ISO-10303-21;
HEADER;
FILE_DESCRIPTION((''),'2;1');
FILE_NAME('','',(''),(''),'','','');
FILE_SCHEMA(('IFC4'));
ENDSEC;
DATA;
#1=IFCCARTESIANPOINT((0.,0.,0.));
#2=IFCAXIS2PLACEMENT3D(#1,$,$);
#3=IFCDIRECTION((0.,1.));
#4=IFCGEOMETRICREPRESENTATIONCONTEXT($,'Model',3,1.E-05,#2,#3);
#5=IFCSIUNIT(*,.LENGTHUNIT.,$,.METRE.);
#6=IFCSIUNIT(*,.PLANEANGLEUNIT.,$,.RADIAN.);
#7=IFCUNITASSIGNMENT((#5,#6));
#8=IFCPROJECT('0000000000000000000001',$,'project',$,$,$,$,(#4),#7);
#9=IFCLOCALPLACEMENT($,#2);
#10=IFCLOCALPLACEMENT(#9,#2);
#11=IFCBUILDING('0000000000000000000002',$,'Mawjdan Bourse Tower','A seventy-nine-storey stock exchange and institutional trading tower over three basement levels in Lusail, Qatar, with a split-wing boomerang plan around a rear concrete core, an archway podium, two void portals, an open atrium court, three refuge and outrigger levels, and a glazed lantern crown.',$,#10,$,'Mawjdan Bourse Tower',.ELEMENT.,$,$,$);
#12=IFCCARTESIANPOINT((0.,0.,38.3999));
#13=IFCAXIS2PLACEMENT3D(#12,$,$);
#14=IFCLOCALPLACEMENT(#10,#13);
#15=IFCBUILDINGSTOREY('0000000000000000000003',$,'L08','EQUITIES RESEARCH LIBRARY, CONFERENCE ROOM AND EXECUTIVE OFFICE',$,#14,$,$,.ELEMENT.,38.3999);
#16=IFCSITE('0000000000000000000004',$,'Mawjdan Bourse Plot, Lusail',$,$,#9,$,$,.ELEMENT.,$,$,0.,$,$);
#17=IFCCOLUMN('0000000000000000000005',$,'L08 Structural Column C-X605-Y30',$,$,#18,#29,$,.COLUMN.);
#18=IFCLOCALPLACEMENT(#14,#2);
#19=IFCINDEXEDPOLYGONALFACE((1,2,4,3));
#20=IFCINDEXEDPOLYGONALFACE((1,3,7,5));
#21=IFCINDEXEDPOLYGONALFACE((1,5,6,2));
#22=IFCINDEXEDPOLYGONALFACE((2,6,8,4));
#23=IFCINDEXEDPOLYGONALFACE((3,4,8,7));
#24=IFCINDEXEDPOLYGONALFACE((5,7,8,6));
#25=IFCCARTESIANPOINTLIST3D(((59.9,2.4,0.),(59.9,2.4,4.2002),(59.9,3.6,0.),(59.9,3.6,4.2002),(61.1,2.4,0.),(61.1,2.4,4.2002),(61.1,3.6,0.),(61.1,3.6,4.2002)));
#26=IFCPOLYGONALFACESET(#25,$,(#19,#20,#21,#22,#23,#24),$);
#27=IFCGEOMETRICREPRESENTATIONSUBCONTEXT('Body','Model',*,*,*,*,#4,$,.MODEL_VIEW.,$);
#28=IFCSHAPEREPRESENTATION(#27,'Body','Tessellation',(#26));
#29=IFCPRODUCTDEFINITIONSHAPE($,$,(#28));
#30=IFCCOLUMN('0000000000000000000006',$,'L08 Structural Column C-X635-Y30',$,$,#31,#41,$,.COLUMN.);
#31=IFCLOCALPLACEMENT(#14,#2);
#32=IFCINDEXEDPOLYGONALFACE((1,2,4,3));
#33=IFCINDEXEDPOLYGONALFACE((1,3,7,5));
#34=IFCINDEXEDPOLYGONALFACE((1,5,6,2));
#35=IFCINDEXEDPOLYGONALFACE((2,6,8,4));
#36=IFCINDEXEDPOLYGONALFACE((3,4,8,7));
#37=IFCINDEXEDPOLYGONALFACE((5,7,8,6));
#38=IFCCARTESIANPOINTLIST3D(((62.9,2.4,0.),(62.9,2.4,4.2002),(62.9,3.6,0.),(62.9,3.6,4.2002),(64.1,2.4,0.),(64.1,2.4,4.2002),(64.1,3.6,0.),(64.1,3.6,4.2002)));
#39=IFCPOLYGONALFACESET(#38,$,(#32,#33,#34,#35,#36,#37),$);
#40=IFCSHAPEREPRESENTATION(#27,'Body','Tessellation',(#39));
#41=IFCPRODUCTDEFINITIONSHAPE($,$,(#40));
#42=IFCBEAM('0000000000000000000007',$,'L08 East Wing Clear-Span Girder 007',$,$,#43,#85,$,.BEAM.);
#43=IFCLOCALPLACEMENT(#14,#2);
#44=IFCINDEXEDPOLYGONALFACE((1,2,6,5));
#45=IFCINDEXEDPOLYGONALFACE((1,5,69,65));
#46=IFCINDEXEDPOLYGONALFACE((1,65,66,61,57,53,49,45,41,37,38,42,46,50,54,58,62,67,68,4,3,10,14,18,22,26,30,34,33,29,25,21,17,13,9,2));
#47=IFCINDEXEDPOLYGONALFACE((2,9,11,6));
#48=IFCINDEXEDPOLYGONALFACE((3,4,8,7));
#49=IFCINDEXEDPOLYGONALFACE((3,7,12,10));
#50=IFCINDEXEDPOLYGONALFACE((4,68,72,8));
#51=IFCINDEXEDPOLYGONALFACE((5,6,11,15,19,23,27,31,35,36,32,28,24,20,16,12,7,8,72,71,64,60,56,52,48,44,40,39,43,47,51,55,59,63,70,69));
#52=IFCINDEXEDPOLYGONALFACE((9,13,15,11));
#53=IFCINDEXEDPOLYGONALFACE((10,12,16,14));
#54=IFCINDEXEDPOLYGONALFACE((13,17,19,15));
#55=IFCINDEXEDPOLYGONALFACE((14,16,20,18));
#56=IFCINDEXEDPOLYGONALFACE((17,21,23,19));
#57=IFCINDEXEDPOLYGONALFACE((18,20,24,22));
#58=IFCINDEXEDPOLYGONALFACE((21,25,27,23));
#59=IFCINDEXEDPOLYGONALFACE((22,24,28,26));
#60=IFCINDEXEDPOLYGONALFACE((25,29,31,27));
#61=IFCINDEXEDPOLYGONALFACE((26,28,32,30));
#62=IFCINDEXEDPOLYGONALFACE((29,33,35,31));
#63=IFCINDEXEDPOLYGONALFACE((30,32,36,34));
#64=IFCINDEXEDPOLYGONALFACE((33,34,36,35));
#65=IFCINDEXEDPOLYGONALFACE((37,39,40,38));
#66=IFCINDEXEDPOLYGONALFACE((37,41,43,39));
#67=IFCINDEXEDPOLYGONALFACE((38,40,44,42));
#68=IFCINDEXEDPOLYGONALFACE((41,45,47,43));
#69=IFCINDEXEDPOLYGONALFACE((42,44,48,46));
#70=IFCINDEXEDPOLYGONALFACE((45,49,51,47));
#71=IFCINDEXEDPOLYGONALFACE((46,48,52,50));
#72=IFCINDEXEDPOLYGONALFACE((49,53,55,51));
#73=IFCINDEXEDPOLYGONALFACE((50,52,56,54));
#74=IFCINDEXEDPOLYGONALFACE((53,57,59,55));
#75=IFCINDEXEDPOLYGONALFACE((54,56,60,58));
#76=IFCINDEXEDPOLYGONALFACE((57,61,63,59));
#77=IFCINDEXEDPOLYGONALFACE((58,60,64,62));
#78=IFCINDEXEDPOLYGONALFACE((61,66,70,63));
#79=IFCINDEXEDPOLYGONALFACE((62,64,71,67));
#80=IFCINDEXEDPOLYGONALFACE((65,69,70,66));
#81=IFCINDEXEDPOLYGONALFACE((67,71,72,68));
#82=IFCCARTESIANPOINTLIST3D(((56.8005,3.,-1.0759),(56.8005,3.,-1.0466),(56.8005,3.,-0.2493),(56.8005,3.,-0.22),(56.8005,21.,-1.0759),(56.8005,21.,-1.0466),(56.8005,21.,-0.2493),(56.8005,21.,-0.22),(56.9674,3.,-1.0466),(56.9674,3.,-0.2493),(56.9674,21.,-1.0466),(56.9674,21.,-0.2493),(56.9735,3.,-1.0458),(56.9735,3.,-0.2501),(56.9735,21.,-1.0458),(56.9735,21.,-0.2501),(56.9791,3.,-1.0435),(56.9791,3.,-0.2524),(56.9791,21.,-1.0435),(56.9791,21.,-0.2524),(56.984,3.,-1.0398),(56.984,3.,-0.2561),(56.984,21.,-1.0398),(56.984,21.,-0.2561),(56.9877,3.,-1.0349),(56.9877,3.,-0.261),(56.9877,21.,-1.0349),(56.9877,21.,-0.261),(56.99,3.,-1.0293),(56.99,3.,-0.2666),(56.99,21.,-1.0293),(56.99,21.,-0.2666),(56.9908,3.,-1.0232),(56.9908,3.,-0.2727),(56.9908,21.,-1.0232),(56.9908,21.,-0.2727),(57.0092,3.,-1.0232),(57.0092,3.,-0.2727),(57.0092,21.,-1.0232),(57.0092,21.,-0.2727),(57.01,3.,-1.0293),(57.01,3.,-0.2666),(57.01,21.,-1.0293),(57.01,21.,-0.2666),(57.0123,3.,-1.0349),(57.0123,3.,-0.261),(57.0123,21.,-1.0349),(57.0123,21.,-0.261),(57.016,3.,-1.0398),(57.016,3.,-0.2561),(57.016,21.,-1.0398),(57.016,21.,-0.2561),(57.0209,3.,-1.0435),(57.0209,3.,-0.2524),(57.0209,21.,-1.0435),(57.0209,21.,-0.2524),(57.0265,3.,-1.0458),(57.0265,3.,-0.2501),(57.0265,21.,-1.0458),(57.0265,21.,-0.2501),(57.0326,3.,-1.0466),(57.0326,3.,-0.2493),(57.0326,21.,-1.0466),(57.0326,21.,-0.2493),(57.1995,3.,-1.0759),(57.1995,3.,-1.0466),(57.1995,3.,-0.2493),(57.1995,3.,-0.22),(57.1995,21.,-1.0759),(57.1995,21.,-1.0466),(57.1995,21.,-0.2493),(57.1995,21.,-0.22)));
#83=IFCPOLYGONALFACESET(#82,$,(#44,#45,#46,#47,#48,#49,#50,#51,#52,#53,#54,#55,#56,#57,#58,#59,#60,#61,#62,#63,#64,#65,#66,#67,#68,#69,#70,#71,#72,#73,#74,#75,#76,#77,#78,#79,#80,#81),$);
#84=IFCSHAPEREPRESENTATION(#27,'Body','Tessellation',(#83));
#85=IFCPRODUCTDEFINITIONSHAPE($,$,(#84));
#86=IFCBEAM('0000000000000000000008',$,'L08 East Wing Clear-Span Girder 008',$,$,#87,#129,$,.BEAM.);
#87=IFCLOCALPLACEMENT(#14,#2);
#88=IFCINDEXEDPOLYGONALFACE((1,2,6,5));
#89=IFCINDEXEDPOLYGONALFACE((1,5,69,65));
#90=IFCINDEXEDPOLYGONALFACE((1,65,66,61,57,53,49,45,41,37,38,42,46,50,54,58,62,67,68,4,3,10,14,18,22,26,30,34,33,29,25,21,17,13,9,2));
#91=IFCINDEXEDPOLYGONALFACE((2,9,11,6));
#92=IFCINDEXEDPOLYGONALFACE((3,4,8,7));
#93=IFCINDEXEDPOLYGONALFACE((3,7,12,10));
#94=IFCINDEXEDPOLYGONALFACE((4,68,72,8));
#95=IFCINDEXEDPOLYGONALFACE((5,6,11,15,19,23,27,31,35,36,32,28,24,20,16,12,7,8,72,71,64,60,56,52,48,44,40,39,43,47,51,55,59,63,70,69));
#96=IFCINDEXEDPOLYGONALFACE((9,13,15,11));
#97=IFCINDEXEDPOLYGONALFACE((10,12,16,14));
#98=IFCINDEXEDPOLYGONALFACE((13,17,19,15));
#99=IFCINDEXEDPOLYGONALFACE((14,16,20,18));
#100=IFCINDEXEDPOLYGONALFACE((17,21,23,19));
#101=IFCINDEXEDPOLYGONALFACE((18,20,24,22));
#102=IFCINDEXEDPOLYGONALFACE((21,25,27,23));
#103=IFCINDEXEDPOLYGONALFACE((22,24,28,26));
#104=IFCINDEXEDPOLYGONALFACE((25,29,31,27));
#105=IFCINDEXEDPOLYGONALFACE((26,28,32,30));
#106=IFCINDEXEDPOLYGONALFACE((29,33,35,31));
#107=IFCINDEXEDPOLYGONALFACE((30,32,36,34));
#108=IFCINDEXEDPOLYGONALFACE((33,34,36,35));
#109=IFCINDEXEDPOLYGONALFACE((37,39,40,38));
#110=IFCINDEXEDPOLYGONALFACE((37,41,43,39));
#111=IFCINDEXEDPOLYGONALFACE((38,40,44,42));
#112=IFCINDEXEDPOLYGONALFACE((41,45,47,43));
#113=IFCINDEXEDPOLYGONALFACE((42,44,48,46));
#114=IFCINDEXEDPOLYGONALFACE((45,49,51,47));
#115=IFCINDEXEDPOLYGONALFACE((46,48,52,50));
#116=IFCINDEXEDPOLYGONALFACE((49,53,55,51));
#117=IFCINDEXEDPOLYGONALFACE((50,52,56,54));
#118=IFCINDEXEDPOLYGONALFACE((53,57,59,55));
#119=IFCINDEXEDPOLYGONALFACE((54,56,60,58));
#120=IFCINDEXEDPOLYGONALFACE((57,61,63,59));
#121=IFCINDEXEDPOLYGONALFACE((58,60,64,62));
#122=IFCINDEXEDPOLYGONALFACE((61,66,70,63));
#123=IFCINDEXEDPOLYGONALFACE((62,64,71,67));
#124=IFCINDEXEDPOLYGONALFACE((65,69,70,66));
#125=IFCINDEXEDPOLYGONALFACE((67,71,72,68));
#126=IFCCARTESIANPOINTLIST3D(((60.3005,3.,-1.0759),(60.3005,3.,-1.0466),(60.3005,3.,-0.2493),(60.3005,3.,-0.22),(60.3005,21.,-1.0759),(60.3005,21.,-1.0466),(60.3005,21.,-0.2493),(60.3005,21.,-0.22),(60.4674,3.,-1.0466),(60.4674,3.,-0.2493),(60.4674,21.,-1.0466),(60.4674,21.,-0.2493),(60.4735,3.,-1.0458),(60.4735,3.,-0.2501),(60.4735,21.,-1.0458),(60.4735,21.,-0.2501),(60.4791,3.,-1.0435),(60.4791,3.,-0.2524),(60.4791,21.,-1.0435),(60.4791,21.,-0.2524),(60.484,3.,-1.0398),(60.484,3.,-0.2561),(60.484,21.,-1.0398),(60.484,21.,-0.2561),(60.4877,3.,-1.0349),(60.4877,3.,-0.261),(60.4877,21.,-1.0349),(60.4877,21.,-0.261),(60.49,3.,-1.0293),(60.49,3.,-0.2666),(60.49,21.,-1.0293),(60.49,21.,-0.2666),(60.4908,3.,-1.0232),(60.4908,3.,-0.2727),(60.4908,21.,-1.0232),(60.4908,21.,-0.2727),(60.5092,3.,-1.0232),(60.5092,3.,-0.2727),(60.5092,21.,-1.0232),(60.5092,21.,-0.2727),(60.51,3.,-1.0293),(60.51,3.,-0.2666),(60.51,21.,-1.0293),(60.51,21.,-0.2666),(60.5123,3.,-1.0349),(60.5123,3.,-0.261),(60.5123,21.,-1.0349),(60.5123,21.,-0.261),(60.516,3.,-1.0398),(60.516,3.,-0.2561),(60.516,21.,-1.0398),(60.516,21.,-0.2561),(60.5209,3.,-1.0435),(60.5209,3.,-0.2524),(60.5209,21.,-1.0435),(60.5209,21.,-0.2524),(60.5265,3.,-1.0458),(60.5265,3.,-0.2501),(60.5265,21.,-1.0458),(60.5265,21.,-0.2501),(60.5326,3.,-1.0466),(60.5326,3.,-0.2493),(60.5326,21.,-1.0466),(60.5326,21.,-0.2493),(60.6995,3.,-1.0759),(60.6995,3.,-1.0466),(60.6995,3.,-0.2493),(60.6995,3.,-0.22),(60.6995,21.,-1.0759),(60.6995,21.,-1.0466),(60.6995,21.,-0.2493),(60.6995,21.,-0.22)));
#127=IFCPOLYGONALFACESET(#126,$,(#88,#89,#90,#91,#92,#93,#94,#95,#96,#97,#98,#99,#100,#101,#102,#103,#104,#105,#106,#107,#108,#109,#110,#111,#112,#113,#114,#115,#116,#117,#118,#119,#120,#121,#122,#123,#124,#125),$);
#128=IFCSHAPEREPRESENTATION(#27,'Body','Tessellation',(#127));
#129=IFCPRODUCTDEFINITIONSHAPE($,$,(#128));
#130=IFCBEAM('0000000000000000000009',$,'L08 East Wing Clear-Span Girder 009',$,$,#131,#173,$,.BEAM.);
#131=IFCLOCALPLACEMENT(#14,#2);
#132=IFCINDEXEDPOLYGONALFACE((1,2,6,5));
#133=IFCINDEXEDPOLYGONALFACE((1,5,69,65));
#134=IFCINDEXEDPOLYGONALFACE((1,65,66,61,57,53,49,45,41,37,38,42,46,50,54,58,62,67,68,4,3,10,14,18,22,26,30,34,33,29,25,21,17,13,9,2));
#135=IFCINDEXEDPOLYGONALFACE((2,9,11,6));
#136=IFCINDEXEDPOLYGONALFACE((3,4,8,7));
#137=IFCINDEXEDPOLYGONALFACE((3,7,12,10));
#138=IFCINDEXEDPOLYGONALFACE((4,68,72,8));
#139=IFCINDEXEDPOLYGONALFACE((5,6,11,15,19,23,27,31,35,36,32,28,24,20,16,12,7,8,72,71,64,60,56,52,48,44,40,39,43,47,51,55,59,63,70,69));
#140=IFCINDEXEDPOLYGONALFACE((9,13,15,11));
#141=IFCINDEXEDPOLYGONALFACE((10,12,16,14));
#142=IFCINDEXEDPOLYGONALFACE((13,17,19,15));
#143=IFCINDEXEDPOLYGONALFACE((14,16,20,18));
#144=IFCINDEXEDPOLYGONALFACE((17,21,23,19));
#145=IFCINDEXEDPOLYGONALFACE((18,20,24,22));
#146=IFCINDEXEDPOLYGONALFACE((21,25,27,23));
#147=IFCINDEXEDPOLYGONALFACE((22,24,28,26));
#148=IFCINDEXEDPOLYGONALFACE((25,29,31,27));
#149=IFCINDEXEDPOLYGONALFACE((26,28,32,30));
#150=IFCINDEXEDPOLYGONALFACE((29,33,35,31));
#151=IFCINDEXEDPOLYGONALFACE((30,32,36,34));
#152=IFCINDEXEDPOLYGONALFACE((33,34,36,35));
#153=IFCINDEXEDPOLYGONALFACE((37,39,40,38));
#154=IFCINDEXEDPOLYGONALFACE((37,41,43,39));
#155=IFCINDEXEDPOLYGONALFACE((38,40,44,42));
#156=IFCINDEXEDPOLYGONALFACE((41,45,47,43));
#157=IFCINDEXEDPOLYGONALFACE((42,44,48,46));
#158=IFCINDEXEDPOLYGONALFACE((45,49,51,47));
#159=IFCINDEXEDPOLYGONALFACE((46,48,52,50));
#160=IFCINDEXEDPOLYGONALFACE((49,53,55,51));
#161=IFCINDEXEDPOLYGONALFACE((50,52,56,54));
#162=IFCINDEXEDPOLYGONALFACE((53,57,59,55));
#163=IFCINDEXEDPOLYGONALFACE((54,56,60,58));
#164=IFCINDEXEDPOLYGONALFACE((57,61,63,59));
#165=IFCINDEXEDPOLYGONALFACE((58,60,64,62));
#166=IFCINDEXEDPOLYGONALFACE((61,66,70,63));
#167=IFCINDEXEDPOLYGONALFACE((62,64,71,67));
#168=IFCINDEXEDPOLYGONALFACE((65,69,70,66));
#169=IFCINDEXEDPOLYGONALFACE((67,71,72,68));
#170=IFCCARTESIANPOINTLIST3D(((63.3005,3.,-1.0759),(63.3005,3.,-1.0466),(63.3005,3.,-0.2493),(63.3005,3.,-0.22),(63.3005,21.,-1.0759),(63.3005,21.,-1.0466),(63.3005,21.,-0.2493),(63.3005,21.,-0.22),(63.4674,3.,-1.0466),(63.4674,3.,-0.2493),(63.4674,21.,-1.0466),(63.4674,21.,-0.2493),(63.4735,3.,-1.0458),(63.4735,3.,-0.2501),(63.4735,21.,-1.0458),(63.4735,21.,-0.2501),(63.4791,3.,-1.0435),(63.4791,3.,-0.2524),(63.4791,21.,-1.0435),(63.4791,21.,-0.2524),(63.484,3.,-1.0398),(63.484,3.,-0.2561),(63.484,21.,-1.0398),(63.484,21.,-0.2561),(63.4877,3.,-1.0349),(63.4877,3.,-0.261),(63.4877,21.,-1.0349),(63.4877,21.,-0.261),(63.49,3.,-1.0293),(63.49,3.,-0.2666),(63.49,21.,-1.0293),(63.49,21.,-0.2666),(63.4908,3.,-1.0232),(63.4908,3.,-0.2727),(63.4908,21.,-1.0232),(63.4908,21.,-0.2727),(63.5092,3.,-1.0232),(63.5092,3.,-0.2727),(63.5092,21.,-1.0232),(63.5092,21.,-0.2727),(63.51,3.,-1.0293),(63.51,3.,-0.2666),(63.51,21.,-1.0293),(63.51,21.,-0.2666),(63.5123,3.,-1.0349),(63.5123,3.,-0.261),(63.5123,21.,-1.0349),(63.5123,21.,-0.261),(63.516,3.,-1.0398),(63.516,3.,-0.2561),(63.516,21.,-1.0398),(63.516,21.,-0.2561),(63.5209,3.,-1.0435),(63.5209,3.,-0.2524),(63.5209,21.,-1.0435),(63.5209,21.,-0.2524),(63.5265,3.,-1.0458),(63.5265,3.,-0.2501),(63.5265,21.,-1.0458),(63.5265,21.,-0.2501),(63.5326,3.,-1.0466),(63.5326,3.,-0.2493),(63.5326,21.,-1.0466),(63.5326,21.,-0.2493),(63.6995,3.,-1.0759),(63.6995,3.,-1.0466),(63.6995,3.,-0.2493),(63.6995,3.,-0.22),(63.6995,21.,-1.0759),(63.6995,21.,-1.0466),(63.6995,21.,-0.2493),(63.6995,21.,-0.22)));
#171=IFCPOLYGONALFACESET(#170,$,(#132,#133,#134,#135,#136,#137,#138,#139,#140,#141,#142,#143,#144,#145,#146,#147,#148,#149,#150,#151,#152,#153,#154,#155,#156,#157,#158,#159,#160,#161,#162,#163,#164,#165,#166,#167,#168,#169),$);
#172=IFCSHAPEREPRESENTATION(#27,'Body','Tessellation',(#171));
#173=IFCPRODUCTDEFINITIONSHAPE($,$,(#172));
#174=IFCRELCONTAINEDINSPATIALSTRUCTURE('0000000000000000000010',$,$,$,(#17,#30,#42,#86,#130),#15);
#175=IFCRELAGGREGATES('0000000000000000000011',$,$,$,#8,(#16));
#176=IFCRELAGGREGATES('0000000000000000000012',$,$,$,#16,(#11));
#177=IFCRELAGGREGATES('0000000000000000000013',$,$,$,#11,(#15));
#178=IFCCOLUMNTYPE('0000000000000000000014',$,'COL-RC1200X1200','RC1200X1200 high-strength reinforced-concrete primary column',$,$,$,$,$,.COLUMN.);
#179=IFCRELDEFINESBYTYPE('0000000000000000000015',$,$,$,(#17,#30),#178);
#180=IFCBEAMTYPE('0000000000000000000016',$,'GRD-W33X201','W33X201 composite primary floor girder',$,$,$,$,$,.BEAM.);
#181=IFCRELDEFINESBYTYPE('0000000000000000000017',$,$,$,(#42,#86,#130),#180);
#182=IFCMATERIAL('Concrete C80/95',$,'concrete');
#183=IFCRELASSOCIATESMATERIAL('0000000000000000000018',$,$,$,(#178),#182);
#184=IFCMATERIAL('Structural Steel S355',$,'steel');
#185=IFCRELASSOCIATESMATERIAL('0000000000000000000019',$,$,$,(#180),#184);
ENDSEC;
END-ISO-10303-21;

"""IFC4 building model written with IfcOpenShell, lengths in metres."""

from ifc_helpers import new_model, si_unit, direction, frame, origin, origin_2d, place, context, subcontext, project, spatial, rectangle, i_section, extrude, material, material_profile, profile_set, type_object, element, save


model = new_model("IFC4")

# Units and contexts
model_context = context("Model", 3, precision=1e-05, world=origin(), true_north=direction((0.0, 1.0)))
body_context = subcontext(model_context, "Body", "Model", "MODEL_VIEW")
ifc_project = project(units=[si_unit("LENGTHUNIT", "METRE"), si_unit("PLANEANGLEUNIT", "RADIAN")], contexts=[model_context])

# Site, building, storey
site_placement = place(None, origin())
site = spatial("IfcSite", under=ifc_project, at=site_placement, Name="Mawjdan Bourse Plot, Lusail", CompositionType="ELEMENT", RefElevation=0.0)
building_placement = place(site_placement, origin())
building = spatial("IfcBuilding", under=site, at=building_placement, Name="Mawjdan Bourse Tower", Description="A seventy-nine-storey stock exchange and institutional trading tower over three basement levels in Lusail, Qatar, with a split-wing boomerang plan around a rear concrete core, an archway podium, two void portals, an open atrium court, three refuge and outrigger levels, and a glazed lantern crown.", LongName="Mawjdan Bourse Tower", CompositionType="ELEMENT")
storey_placement = place(building_placement, frame((0.0, 0.0, 38.3999)))
storey = spatial("IfcBuildingStorey", under=building, at=storey_placement, Name="L08", Description="EQUITIES RESEARCH LIBRARY, CONFERENCE ROOM AND EXECUTIVE OFFICE", CompositionType="ELEMENT", Elevation=38.3999)

# Columns
ifc_material_1 = material(Name="Concrete C80/95", Category="concrete")
ifc_material_profile_1 = material_profile(ifc_material_1, rectangle(XDim=1.2, YDim=1.2, at=origin_2d()), Name="RC1200X1200")
ifc_profile_set_1 = profile_set([ifc_material_profile_1], Name="Concrete C80/95")
column_type = type_object("IfcColumnType", Name="COL-RC1200X1200", Description="RC1200X1200 high-strength reinforced-concrete primary column", PredefinedType="COLUMN", material=ifc_profile_set_1)
for number, where, z_axis, x_axis, name in (
    (1, (60.5, 3.0, 0.0), (0.0, 0.0, 1.0), (1.0, 0.0, 0.0), "L08 Structural Column C-X605-Y30"),
    (2, (63.5, 3.0, 0.0), (0.0, 0.0, 1.0), (1.0, 0.0, 0.0), "L08 Structural Column C-X635-Y30"),
):
    element("IfcColumn", number, at=place(storey_placement, frame(where, z_axis=z_axis, x_axis=x_axis)), inside=storey, type_object=column_type, Name=name, PredefinedType="COLUMN", context=body_context, shape_type="SweptSolid", body=[
        extrude(rectangle(XDim=1.2, YDim=1.2, at=origin_2d()), origin(), (0.0, 0.0, 1.0), 4.2002),
    ])

# Beams
ifc_material_2 = material(Name="Structural Steel S355", Category="steel")
ifc_material_profile_2 = material_profile(ifc_material_2, i_section(OverallWidth=0.3989, OverallDepth=0.856, WebThickness=0.0183, FlangeThickness=0.0293, FilletRadius=0.0234, at=origin_2d()), Name="W33X201")
ifc_profile_set_2 = profile_set([ifc_material_profile_2], Name="Structural Steel S355")
beam_type_1 = type_object("IfcBeamType", Name="GRD-W33X201", Description="W33X201 composite primary floor girder", PredefinedType="BEAM", material=ifc_profile_set_2)
for number, where, z_axis, x_axis, name in (
    (3, (57.0, 3.0, -0.6479), (0.0, 1.0, 0.0), (-1.0, 0.0, 0.0), "L08 East Wing Clear-Span Girder 007"),
    (4, (60.5, 3.0, -0.6479), (0.0, 1.0, 0.0), (-1.0, 0.0, 0.0), "L08 East Wing Clear-Span Girder 008"),
    (5, (63.5, 3.0, -0.6479), (0.0, 1.0, 0.0), (-1.0, 0.0, 0.0), "L08 East Wing Clear-Span Girder 009"),
):
    element("IfcBeam", number, at=place(storey_placement, frame(where, z_axis=z_axis, x_axis=x_axis)), inside=storey, type_object=beam_type_1, Name=name, PredefinedType="BEAM", context=body_context, shape_type="SweptSolid", body=[
        extrude(i_section(OverallWidth=0.3989, OverallDepth=0.856, WebThickness=0.0183, FlangeThickness=0.0293, FilletRadius=0.0234, at=origin_2d()), origin(), (0.0, 0.0, 1.0), 18.0),
    ])

save(model, "model.ifc")
